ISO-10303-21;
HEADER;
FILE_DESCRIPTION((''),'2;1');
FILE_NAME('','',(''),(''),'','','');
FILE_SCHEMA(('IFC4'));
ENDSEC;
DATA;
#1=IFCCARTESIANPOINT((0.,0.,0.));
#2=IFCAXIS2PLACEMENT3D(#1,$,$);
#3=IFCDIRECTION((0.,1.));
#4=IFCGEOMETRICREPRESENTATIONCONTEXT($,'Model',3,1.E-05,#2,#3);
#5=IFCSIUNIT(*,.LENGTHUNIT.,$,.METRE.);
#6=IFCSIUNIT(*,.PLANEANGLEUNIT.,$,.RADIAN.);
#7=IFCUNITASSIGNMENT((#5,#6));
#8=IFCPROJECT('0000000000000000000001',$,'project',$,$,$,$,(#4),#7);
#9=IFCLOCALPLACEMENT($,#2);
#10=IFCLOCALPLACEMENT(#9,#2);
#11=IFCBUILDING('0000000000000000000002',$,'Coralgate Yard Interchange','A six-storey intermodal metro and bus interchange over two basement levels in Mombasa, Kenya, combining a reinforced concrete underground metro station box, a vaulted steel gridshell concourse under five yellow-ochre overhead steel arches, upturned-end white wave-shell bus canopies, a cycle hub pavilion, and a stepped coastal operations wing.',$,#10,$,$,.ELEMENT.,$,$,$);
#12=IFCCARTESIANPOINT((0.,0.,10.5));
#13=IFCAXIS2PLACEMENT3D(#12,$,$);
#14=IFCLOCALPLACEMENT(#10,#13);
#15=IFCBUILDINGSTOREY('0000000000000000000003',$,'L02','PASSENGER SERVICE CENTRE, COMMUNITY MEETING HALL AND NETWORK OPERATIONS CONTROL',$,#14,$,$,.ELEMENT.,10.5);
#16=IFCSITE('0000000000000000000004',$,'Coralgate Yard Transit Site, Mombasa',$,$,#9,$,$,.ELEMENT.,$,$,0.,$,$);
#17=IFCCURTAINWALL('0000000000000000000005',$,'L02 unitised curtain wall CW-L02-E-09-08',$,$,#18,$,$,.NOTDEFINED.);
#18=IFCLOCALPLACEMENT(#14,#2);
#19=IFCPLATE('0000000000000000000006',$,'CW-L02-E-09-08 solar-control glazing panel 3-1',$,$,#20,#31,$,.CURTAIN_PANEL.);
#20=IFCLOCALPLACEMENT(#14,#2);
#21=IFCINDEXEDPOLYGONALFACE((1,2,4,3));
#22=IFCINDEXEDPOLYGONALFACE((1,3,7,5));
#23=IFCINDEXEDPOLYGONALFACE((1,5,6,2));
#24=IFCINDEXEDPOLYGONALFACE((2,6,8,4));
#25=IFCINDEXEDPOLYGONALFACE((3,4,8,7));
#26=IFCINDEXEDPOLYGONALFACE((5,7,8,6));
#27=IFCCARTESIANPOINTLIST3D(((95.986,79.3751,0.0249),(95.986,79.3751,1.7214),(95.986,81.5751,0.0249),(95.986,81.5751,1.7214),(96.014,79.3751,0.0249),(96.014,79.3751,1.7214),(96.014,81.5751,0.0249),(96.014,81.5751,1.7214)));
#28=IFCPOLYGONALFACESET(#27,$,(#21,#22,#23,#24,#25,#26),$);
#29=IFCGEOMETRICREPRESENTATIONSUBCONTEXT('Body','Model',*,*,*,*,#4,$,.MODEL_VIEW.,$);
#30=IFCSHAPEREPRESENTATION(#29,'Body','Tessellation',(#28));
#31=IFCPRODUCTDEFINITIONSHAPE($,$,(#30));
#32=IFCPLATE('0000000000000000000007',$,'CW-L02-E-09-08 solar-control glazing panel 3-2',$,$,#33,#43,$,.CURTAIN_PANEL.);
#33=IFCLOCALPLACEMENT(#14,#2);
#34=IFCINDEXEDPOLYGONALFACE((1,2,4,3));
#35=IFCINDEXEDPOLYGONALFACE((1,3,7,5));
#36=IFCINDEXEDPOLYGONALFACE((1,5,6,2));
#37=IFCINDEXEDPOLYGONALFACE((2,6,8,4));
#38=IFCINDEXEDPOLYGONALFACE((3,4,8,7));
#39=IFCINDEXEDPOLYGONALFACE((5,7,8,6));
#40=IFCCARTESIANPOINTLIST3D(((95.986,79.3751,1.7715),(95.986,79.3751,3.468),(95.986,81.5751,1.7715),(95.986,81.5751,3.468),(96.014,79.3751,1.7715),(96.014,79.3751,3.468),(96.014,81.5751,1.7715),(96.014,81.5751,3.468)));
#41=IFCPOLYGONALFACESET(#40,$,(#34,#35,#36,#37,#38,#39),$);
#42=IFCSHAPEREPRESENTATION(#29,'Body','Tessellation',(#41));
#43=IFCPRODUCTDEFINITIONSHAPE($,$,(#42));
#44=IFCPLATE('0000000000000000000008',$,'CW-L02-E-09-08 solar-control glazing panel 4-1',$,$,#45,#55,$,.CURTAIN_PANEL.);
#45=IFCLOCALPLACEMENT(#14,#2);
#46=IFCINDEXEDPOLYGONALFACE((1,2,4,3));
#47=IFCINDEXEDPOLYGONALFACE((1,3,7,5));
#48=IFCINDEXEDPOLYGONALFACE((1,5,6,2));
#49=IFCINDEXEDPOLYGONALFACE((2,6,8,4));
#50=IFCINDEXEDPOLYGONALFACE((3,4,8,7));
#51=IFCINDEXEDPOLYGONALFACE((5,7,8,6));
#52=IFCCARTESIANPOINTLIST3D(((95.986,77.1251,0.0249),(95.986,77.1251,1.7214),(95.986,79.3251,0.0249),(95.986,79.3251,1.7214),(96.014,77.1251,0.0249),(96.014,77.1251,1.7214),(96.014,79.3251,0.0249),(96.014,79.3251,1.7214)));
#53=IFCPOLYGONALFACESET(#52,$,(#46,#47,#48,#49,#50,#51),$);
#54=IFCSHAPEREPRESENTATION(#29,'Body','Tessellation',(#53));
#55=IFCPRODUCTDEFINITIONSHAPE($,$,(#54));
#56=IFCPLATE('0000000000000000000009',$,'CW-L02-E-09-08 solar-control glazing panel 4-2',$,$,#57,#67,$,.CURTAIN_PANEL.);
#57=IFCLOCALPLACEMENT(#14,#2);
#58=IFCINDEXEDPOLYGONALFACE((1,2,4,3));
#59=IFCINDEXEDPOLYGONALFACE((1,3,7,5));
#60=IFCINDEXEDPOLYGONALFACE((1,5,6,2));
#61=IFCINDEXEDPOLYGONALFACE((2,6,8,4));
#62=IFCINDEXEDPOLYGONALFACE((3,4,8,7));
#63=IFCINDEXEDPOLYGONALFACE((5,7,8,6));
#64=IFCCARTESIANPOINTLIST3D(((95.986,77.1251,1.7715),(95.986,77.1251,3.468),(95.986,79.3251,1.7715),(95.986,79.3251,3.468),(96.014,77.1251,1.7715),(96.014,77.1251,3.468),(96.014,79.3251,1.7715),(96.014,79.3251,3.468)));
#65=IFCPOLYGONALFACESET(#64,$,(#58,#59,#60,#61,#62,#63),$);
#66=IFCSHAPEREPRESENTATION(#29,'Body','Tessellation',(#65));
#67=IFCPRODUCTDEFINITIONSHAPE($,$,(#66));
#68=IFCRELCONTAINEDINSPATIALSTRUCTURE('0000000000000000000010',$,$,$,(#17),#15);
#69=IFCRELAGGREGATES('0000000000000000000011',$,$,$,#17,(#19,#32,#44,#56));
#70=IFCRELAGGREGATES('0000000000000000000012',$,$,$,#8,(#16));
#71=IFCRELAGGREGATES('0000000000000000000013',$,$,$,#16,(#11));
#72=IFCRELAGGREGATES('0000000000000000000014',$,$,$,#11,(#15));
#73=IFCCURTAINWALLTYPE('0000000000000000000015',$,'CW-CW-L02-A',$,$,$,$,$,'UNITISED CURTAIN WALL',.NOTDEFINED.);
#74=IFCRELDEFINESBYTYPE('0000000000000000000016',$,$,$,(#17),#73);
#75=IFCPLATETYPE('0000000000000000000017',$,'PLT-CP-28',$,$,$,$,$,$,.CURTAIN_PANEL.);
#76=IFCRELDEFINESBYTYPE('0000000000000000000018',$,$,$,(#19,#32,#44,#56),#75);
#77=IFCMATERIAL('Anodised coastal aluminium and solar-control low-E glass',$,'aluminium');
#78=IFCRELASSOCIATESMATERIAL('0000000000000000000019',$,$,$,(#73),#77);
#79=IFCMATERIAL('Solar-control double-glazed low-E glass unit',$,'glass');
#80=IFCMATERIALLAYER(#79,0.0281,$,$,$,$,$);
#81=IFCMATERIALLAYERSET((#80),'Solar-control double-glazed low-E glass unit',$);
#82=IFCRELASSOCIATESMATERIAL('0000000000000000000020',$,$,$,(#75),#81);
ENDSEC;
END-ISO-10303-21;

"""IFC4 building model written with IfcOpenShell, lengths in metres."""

from ifc_helpers import new_model, si_unit, direction, frame, origin, origin_2d, place, context, subcontext, project, spatial, rectangle, extrude, material, layer, layer_set, type_object, element, aggregate, save


model = new_model("IFC4")

# Units and contexts
model_context = context("Model", 3, precision=1e-05, world=origin(), true_north=direction((0.0, 1.0)))
body_context = subcontext(model_context, "Body", "Model", "MODEL_VIEW")
ifc_project = project(units=[si_unit("LENGTHUNIT", "METRE"), si_unit("PLANEANGLEUNIT", "RADIAN")], contexts=[model_context])

# Site, building, storey
site_placement = place(None, origin())
site = spatial("IfcSite", under=ifc_project, at=site_placement, Name="Coralgate Yard Transit Site, Mombasa", CompositionType="ELEMENT", RefElevation=0.0)
building_placement = place(site_placement, origin())
building = spatial("IfcBuilding", under=site, at=building_placement, Name="Coralgate Yard Interchange", Description="A six-storey intermodal metro and bus interchange over two basement levels in Mombasa, Kenya, combining a reinforced concrete underground metro station box, a vaulted steel gridshell concourse under five yellow-ochre overhead steel arches, upturned-end white wave-shell bus canopies, a cycle hub pavilion, and a stepped coastal operations wing.", CompositionType="ELEMENT")
storey_placement = place(building_placement, frame((0.0, 0.0, 10.5)))
storey = spatial("IfcBuildingStorey", under=building, at=storey_placement, Name="L02", Description="PASSENGER SERVICE CENTRE, COMMUNITY MEETING HALL AND NETWORK OPERATIONS CONTROL", CompositionType="ELEMENT", Elevation=10.5)

# Shared definitions
ifc_material_1 = material(Name="Anodised coastal aluminium and solar-control low-E glass", Category="aluminium")
curtain_wall_type = type_object("IfcCurtainWallType", Name="CW-CW-L02-A", ElementType="UNITISED CURTAIN WALL", PredefinedType="NOTDEFINED", material=ifc_material_1)

# Curtain wall
curtain_wall_1_placement = place(storey_placement, origin())
curtain_wall_1 = element("IfcCurtainWall", 1, at=curtain_wall_1_placement, inside=storey, type_object=curtain_wall_type, Name="L02 unitised curtain wall CW-L02-E-09-08", PredefinedType="NOTDEFINED")

# Plates
ifc_material_2 = material(Name="Solar-control double-glazed low-E glass unit", Category="glass")
ifc_layer = layer(ifc_material_2, 0.0281)
ifc_layer_set = layer_set([ifc_layer], Name="Solar-control double-glazed low-E glass unit")
plate_type = type_object("IfcPlateType", Name="PLT-CP-28", PredefinedType="CURTAIN_PANEL", material=ifc_layer_set)
plate_1_placement = place(storey_placement, frame((96.0, 80.4751, 0.0249), z_axis=(0.0, 0.0, 1.0), x_axis=(0.0, -1.0, 0.0)))
plate_1 = element("IfcPlate", 2, at=plate_1_placement, type_object=plate_type, Name="CW-L02-E-09-08 solar-control glazing panel 3-1", PredefinedType="CURTAIN_PANEL", context=body_context, shape_type="SweptSolid", body=[
    extrude(rectangle(XDim=2.2, YDim=0.0281, at=origin_2d()), origin(), (0.0, 0.0, 1.0), 1.6965),
])
plate_2_placement = place(storey_placement, frame((96.0, 80.4751, 1.7715), z_axis=(0.0, 0.0, 1.0), x_axis=(0.0, -1.0, 0.0)))
plate_2 = element("IfcPlate", 3, at=plate_2_placement, type_object=plate_type, Name="CW-L02-E-09-08 solar-control glazing panel 3-2", PredefinedType="CURTAIN_PANEL", context=body_context, shape_type="SweptSolid", body=[
    extrude(rectangle(XDim=2.2, YDim=0.0281, at=origin_2d()), origin(), (0.0, 0.0, 1.0), 1.6965),
])
plate_3_placement = place(storey_placement, frame((96.0, 78.2251, 0.0249), z_axis=(0.0, 0.0, 1.0), x_axis=(0.0, -1.0, 0.0)))
plate_3 = element("IfcPlate", 4, at=plate_3_placement, type_object=plate_type, Name="CW-L02-E-09-08 solar-control glazing panel 4-1", PredefinedType="CURTAIN_PANEL", context=body_context, shape_type="SweptSolid", body=[
    extrude(rectangle(XDim=2.2, YDim=0.0281, at=origin_2d()), origin(), (0.0, 0.0, 1.0), 1.6965),
])
plate_4_placement = place(storey_placement, frame((96.0, 78.2251, 1.7715), z_axis=(0.0, 0.0, 1.0), x_axis=(0.0, -1.0, 0.0)))
plate_4 = element("IfcPlate", 5, at=plate_4_placement, type_object=plate_type, Name="CW-L02-E-09-08 solar-control glazing panel 4-2", PredefinedType="CURTAIN_PANEL", context=body_context, shape_type="SweptSolid", body=[
    extrude(rectangle(XDim=2.2, YDim=0.0281, at=origin_2d()), origin(), (0.0, 0.0, 1.0), 1.6965),
])
aggregate(curtain_wall_1, [plate_1, plate_2, plate_3, plate_4])

save(model, "model.ifc")
